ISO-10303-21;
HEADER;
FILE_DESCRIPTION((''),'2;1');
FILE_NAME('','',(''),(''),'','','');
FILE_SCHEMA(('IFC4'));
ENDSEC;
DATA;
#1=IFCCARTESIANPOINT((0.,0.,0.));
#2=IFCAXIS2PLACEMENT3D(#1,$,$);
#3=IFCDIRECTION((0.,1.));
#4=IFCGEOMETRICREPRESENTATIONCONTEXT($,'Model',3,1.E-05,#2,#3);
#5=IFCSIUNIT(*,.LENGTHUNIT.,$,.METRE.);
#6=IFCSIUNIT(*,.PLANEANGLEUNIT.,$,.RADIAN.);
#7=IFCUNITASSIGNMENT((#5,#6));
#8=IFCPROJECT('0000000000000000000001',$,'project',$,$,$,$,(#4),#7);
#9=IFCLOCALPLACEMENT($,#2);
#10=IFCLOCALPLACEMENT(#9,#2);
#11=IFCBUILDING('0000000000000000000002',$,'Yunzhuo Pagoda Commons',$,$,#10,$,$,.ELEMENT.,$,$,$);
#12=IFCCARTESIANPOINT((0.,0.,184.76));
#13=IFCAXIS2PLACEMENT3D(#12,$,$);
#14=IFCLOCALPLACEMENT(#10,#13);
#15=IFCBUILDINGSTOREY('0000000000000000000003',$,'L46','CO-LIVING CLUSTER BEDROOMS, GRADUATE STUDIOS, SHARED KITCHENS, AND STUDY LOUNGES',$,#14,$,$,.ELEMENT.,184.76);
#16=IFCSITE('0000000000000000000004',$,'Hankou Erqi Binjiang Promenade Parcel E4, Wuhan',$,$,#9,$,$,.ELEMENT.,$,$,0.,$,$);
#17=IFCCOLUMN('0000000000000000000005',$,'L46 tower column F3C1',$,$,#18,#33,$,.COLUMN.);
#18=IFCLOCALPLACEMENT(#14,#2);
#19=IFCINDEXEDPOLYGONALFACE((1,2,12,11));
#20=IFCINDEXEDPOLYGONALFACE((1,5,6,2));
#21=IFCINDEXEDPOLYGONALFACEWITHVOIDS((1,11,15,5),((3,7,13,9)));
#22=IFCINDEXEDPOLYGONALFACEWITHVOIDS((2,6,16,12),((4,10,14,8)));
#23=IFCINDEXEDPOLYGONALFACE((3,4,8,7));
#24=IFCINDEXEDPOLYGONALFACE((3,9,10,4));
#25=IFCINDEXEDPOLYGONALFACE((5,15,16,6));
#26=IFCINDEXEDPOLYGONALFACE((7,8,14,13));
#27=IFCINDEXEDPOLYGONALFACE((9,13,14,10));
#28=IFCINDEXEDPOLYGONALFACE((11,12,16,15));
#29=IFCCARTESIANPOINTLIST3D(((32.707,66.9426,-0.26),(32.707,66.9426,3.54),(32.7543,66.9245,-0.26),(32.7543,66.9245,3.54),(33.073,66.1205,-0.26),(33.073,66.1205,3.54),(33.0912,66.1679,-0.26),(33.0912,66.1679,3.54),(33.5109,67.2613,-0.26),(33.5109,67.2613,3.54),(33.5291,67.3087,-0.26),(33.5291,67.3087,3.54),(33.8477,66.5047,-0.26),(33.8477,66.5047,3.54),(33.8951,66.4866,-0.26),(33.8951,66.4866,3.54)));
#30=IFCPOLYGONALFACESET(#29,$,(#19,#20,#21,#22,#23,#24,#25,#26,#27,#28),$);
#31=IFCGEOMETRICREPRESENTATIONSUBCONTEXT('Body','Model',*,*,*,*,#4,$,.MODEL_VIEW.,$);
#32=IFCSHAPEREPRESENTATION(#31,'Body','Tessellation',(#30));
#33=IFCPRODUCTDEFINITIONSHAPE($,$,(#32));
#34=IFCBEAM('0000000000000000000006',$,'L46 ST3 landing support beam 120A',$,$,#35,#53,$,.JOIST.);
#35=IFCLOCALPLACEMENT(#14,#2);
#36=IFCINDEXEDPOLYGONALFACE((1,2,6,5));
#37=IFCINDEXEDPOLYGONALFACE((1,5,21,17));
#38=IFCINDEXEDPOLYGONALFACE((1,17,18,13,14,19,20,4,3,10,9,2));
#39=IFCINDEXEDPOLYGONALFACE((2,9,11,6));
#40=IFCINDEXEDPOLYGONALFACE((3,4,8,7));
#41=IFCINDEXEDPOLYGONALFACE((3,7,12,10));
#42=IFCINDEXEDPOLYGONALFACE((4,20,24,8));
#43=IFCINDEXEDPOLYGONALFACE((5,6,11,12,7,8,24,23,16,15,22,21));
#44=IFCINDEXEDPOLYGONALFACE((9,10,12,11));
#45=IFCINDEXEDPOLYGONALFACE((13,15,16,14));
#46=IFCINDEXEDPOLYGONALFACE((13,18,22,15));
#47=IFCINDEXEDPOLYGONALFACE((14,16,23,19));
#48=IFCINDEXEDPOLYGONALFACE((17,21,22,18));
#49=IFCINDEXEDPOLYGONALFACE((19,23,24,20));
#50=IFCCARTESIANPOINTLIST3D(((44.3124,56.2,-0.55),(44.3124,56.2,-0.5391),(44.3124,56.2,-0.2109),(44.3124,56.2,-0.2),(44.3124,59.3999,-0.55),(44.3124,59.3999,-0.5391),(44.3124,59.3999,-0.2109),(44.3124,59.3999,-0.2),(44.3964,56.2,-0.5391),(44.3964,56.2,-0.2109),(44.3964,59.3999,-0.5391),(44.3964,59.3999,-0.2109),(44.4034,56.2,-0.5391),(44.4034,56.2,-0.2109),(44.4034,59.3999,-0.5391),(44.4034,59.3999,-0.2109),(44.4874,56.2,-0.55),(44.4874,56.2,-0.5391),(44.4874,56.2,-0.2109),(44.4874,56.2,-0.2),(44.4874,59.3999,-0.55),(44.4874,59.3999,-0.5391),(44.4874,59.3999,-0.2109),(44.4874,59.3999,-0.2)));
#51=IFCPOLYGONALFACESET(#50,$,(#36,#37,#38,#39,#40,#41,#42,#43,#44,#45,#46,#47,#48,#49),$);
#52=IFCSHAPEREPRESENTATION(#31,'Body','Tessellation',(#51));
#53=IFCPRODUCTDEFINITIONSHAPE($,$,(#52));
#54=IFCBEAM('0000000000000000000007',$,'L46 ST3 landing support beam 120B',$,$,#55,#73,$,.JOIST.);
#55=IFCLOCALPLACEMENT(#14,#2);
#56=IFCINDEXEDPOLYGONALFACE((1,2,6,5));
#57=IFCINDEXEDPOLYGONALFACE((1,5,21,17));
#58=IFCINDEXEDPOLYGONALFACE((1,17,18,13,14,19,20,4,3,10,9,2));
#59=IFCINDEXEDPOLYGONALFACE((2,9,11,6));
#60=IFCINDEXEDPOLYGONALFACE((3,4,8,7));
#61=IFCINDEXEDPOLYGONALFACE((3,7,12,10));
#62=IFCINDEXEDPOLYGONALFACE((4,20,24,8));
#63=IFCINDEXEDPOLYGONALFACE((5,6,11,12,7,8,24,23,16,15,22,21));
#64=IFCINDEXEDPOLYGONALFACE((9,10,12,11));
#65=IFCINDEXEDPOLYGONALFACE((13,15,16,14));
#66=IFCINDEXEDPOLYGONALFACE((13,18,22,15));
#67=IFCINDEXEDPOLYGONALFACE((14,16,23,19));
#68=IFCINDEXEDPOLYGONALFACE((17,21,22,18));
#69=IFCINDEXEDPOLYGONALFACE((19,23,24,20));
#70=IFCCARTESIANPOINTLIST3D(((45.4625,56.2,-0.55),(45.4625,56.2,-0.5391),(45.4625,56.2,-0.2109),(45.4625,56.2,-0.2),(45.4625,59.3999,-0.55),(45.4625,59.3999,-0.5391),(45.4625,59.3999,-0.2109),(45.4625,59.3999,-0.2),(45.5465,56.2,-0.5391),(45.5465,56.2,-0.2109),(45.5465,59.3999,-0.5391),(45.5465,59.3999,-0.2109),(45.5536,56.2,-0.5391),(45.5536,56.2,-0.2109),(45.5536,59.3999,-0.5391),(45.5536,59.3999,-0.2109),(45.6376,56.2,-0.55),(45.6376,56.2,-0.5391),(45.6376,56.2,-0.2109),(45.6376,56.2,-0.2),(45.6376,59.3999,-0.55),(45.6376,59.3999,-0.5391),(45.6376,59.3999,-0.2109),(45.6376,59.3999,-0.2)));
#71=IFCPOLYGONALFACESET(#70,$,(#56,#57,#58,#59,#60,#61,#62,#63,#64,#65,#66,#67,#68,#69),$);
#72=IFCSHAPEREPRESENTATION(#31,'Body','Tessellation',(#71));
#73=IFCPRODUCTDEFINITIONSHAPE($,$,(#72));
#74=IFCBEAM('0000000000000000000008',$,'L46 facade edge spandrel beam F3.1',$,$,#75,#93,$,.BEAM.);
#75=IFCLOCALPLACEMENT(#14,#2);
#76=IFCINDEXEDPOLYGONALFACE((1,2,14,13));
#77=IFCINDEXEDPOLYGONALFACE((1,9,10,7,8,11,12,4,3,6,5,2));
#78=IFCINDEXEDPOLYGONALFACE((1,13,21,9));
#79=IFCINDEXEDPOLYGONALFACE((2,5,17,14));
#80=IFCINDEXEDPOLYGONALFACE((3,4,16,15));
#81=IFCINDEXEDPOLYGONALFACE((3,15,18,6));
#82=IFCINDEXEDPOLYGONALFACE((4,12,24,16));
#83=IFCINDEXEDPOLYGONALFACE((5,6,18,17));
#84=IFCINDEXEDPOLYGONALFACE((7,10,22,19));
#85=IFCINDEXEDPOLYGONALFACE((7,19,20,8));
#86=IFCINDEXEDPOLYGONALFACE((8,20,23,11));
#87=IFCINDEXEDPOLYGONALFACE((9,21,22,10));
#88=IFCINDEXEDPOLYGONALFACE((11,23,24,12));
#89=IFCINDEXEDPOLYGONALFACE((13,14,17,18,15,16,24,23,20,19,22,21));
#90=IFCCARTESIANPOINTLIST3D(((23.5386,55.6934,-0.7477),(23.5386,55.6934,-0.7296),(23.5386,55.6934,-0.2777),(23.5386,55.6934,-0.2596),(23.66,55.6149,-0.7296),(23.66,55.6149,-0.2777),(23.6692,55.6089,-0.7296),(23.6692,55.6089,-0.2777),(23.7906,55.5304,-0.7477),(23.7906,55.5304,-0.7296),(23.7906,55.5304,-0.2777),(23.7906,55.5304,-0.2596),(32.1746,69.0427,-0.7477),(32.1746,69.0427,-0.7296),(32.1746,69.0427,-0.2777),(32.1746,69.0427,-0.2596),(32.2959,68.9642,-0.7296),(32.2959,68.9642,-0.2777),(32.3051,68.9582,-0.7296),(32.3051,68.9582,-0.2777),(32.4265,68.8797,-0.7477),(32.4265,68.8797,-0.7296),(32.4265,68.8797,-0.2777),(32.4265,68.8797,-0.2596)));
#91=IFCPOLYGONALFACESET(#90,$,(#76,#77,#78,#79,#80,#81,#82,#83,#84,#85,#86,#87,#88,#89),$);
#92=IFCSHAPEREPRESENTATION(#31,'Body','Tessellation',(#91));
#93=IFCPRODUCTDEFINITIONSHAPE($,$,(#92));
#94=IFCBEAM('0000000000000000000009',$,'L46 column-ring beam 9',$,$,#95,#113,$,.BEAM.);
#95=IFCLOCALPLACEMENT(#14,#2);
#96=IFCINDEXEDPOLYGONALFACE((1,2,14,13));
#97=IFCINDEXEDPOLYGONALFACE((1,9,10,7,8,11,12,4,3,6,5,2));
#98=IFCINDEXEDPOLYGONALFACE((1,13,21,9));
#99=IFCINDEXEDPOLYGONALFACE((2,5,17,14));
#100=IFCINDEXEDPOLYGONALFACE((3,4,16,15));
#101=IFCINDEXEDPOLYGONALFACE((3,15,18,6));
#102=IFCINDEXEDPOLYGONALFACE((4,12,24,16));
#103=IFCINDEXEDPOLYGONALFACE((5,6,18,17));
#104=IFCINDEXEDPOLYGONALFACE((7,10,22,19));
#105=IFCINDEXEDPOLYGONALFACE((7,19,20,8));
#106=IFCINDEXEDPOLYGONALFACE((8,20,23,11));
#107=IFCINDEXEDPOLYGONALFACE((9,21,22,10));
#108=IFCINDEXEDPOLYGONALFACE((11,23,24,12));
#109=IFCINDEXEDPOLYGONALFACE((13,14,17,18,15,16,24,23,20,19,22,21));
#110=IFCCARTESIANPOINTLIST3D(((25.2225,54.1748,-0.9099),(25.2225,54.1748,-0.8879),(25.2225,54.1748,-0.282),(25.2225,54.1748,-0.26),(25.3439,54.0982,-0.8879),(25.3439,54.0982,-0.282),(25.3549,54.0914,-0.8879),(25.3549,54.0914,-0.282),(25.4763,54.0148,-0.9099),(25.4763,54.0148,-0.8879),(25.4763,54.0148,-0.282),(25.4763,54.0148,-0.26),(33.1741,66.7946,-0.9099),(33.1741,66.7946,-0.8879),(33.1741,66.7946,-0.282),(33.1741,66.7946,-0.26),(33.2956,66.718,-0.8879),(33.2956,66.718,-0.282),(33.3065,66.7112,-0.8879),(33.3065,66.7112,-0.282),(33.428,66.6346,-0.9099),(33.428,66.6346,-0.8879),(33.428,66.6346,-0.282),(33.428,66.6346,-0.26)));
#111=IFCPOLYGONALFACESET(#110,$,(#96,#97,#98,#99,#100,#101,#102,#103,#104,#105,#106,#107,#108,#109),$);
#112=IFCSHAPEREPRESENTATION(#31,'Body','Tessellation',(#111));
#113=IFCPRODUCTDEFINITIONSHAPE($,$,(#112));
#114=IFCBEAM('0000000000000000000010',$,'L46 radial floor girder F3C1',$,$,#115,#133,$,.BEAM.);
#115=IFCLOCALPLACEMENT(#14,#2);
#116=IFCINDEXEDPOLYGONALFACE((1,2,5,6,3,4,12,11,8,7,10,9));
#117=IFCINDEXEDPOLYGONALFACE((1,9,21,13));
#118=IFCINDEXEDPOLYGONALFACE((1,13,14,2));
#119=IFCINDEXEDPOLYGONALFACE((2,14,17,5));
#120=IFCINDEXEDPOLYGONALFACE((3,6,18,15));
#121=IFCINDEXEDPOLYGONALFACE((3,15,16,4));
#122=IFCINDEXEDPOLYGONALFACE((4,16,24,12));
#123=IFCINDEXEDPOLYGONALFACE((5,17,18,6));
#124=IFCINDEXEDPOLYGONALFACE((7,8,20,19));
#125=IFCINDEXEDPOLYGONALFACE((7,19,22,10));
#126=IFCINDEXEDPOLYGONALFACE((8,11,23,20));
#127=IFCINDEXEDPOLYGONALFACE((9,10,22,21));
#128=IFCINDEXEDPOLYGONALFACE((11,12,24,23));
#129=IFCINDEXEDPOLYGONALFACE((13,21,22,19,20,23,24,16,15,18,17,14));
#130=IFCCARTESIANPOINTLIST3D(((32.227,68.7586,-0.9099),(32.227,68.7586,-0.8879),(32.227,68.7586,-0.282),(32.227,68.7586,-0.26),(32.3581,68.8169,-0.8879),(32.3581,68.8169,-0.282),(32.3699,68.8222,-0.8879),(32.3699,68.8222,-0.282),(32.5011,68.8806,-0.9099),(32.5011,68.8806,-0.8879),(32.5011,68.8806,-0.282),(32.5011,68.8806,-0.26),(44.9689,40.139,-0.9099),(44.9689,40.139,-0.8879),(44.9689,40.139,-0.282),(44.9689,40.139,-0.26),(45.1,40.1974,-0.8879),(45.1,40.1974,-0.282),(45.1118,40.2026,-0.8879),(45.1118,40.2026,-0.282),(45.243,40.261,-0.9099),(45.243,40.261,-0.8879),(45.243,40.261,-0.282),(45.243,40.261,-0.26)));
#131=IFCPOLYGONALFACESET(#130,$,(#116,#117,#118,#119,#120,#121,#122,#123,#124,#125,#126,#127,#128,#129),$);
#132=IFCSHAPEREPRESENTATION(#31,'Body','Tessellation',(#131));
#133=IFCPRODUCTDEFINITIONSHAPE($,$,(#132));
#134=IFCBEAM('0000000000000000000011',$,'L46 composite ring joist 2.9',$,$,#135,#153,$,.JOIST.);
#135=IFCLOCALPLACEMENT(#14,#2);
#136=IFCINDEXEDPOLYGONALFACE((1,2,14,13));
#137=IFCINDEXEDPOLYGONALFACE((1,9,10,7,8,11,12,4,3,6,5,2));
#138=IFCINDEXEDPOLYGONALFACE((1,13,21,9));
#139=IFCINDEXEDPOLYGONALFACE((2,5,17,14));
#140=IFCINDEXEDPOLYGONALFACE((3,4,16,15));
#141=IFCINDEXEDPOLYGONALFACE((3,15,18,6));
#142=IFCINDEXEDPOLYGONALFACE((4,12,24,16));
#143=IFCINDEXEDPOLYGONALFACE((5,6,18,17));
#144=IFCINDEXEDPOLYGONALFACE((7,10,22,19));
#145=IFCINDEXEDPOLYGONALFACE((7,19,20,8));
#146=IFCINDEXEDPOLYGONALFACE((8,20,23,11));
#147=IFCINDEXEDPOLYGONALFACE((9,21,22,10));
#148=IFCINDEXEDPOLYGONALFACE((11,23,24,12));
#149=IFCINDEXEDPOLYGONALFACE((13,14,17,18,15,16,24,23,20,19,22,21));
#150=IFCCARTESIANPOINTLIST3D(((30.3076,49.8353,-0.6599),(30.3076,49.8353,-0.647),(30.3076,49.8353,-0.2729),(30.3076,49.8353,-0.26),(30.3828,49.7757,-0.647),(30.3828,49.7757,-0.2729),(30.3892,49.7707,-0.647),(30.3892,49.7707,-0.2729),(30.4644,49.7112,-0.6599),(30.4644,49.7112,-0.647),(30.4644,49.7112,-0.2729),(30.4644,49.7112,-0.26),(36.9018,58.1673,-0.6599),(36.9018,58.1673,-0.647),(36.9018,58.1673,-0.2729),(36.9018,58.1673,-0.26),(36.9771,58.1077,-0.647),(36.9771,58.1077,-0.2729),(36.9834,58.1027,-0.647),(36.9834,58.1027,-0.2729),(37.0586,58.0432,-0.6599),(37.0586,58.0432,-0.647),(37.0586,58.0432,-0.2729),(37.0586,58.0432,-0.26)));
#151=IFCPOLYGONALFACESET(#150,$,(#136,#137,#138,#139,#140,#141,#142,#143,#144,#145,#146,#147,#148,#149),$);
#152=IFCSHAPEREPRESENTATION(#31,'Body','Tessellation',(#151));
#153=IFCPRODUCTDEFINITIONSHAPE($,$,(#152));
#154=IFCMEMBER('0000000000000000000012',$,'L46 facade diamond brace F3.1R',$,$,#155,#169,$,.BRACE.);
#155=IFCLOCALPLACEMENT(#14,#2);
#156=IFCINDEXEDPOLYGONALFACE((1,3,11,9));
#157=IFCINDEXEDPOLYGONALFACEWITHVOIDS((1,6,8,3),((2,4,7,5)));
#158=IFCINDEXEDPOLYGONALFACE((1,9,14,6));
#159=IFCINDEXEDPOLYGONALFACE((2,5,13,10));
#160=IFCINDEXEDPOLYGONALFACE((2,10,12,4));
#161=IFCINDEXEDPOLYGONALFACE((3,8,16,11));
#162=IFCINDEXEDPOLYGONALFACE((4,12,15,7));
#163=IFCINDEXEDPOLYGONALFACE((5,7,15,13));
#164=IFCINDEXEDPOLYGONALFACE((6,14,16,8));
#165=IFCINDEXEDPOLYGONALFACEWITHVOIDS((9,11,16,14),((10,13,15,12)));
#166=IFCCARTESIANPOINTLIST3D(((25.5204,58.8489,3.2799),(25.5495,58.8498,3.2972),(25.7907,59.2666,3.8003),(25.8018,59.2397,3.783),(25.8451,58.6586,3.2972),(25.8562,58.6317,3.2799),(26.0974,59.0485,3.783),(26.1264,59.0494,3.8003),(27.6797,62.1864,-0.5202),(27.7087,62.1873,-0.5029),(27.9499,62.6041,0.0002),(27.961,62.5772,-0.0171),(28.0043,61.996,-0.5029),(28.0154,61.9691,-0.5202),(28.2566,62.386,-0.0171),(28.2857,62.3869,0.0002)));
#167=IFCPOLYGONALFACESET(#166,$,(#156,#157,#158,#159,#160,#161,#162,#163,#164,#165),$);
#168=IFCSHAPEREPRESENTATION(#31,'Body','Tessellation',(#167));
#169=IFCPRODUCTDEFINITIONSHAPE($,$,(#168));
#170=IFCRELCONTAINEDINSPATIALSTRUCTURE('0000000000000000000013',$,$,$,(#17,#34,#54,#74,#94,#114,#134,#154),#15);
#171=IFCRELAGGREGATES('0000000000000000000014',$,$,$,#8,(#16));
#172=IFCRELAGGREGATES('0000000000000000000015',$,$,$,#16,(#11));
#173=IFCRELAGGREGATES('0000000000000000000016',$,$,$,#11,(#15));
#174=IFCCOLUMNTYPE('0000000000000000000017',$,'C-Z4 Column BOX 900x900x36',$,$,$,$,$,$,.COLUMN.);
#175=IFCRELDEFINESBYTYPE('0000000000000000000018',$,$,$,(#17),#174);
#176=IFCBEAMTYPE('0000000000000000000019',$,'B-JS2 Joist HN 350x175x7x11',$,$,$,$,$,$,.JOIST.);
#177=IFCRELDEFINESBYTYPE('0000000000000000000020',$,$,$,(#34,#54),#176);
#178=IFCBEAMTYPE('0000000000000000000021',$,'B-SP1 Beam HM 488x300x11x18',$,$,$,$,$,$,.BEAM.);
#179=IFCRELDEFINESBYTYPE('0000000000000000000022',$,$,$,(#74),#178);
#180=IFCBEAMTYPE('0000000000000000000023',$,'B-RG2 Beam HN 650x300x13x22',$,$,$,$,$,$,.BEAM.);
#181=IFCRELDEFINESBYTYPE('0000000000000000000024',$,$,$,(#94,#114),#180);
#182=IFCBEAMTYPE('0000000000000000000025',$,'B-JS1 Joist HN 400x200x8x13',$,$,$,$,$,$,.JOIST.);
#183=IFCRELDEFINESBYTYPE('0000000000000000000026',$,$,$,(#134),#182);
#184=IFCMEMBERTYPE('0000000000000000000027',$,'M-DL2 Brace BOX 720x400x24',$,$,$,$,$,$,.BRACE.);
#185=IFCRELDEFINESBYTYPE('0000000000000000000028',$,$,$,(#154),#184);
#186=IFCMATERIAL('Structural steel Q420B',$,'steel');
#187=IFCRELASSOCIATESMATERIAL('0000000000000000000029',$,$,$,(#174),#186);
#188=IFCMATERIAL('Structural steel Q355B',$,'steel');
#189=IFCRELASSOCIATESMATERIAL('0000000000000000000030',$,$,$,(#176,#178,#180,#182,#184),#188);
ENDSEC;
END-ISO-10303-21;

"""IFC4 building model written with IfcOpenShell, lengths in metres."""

from ifc_helpers import new_model, si_unit, direction, frame, origin, origin_2d, place, context, subcontext, project, spatial, hollow_rectangle, i_section, extrude, source, transform, mapped, material, material_profile, profile_set, type_object, element, save


model = new_model("IFC4")

# Units and contexts
model_context = context("Model", 3, precision=1e-05, world=origin(), true_north=direction((0.0, 1.0)))
body_context = subcontext(model_context, "Body", "Model", "MODEL_VIEW")
ifc_project = project(units=[si_unit("LENGTHUNIT", "METRE"), si_unit("PLANEANGLEUNIT", "RADIAN")], contexts=[model_context])

# Site, building, storey
site_placement = place(None, origin())
site = spatial("IfcSite", under=ifc_project, at=site_placement, Name="Hankou Erqi Binjiang Promenade Parcel E4, Wuhan", CompositionType="ELEMENT", RefElevation=0.0)
building_placement = place(site_placement, origin())
building = spatial("IfcBuilding", under=site, at=building_placement, Name="Yunzhuo Pagoda Commons", CompositionType="ELEMENT")
storey_placement = place(building_placement, frame((0.0, 0.0, 184.76)))
storey = spatial("IfcBuildingStorey", under=building, at=storey_placement, Name="L46", Description="CO-LIVING CLUSTER BEDROOMS, GRADUATE STUDIOS, SHARED KITCHENS, AND STUDY LOUNGES", CompositionType="ELEMENT", Elevation=184.76)

# Column
ifc_material_1 = material(Name="Structural steel Q420B", Category="steel")
ifc_material_profile_1 = material_profile(ifc_material_1, hollow_rectangle(XDim=0.8999, YDim=0.8999, WallThickness=0.0359, at=origin_2d()), Name="Structural steel Q420B")
ifc_profile_set_1 = profile_set([ifc_material_profile_1], Name="Structural steel Q420B")
column_type = type_object("IfcColumnType", Name="C-Z4 Column BOX 900x900x36", PredefinedType="COLUMN", material=ifc_profile_set_1)
shared_shape_1 = source(origin(), body_context, "Body", "SweptSolid", [
    extrude(hollow_rectangle(XDim=0.8999, YDim=0.8999, WallThickness=0.0359, at=origin_2d()), origin(), (0.0, 0.0, 1.0), 3.8),
])
column_placement = place(storey_placement, frame((33.301, 66.7146, -0.26), z_axis=(0.0, 0.0, 1.0), x_axis=(-0.913545, -0.406737, 0.0)))
element("IfcColumn", 1, at=column_placement, inside=storey, type_object=column_type, Name="L46 tower column F3C1", PredefinedType="COLUMN", context=body_context, shape_type="MappedRepresentation", body=[
    mapped(shared_shape_1, transform((0.0, 0.0, 0.0), scale=1.0)),
])

# Beams
ifc_material_2 = material(Name="Structural steel Q355B", Category="steel")
ifc_material_profile_2 = material_profile(ifc_material_2, i_section(OverallWidth=0.175, OverallDepth=0.3501, WebThickness=0.0071, FlangeThickness=0.011, at=origin_2d()), Name="Structural steel Q355B")
ifc_profile_set_2 = profile_set([ifc_material_profile_2], Name="Structural steel Q355B")
beam_type_1 = type_object("IfcBeamType", Name="B-JS2 Joist HN 350x175x7x11", PredefinedType="JOIST", material=ifc_profile_set_2)
shared_shape_2 = source(origin(), body_context, "Body", "SweptSolid", [
    extrude(i_section(OverallWidth=0.175, OverallDepth=0.3501, WebThickness=0.0071, FlangeThickness=0.011, at=origin_2d()), origin(), (0.0, 0.0, 1.0), 3.2),
])
for number, where, z_axis, x_axis, name in (
    (2, (44.3999, 56.2, -0.375), (0.0, 1.0, 0.0), (-1.0, 0.0, 0.0), "L46 ST3 landing support beam 120A"),
    (3, (45.55, 56.2, -0.375), (0.0, 1.0, 0.0), (-1.0, 0.0, 0.0), "L46 ST3 landing support beam 120B"),
):
    element("IfcBeam", number, at=place(storey_placement, frame(where, z_axis=z_axis, x_axis=x_axis)), inside=storey, type_object=beam_type_1, Name=name, PredefinedType="JOIST", context=body_context, shape_type="MappedRepresentation", body=[
        mapped(shared_shape_2, transform((0.0, 0.0, 0.0), scale=1.0)),
    ])
ifc_material_profile_3 = material_profile(ifc_material_2, i_section(OverallWidth=0.3, OverallDepth=0.488, WebThickness=0.011, FlangeThickness=0.0181, at=origin_2d()), Name="Structural steel Q355B")
ifc_profile_set_3 = profile_set([ifc_material_profile_3], Name="Structural steel Q355B")
beam_type_2 = type_object("IfcBeamType", Name="B-SP1 Beam HM 488x300x11x18", PredefinedType="BEAM", material=ifc_profile_set_3)
shared_shape_3 = source(origin(), body_context, "Body", "SweptSolid", [
    extrude(i_section(OverallWidth=0.3, OverallDepth=0.488, WebThickness=0.011, FlangeThickness=0.0181, at=origin_2d()), origin(), (0.0, 0.0, 1.0), 15.8992),
])
beam_1_placement = place(storey_placement, frame((32.3005, 68.9612, -0.5037), z_axis=(-0.54317, -0.839623, 0.0), x_axis=(0.839623, -0.54317, 0.0)))
element("IfcBeam", 4, at=beam_1_placement, inside=storey, type_object=beam_type_2, Name="L46 facade edge spandrel beam F3.1", PredefinedType="BEAM", context=body_context, shape_type="MappedRepresentation", body=[
    mapped(shared_shape_3, transform((0.0, 0.0, 0.0), scale=1.0)),
])
ifc_material_profile_4 = material_profile(ifc_material_2, i_section(OverallWidth=0.3, OverallDepth=0.6499, WebThickness=0.0129, FlangeThickness=0.022, at=origin_2d()), Name="Structural steel Q355B")
ifc_profile_set_4 = profile_set([ifc_material_profile_4], Name="Structural steel Q355B")
beam_type_3 = type_object("IfcBeamType", Name="B-RG2 Beam HN 650x300x13x22", PredefinedType="BEAM", material=ifc_profile_set_4)
shared_shape_4 = source(origin(), body_context, "Body", "SweptSolid", [
    extrude(i_section(OverallWidth=0.3, OverallDepth=0.6499, WebThickness=0.0129, FlangeThickness=0.022, at=origin_2d()), origin(), (0.0, 0.0, 1.0), 14.916),
])
beam_2_placement = place(storey_placement, frame((33.301, 66.7146, -0.585), z_axis=(-0.533092, -0.846057, 0.0), x_axis=(0.846057, -0.533092, 0.0)))
element("IfcBeam", 5, at=beam_2_placement, inside=storey, type_object=beam_type_3, Name="L46 column-ring beam 9", PredefinedType="BEAM", context=body_context, shape_type="MappedRepresentation", body=[
    mapped(shared_shape_4, transform((0.0, 0.0, 0.0), scale=1.0)),
])
shared_shape_5 = source(origin(), body_context, "Body", "SweptSolid", [
    extrude(i_section(OverallWidth=0.3, OverallDepth=0.6499, WebThickness=0.0129, FlangeThickness=0.022, at=origin_2d()), origin(), (0.0, 0.0, 1.0), 31.3279),
])
beam_3_placement = place(storey_placement, frame((32.364, 68.8196, -0.585), z_axis=(0.406728, -0.913549, 0.0), x_axis=(0.913549, 0.406728, 0.0)))
element("IfcBeam", 6, at=beam_3_placement, inside=storey, type_object=beam_type_3, Name="L46 radial floor girder F3C1", PredefinedType="BEAM", context=body_context, shape_type="MappedRepresentation", body=[
    mapped(shared_shape_5, transform((0.0, 0.0, 0.0), scale=1.0)),
])
ifc_material_profile_5 = material_profile(ifc_material_2, i_section(OverallWidth=0.2, OverallDepth=0.3999, WebThickness=0.0081, FlangeThickness=0.0129, at=origin_2d()), Name="Structural steel Q355B")
ifc_profile_set_5 = profile_set([ifc_material_profile_5], Name="Structural steel Q355B")
beam_type_4 = type_object("IfcBeamType", Name="B-JS1 Joist HN 400x200x8x13", PredefinedType="JOIST", material=ifc_profile_set_5)
shared_shape_6 = source(origin(), body_context, "Body", "SweptSolid", [
    extrude(i_section(OverallWidth=0.2, OverallDepth=0.3999, WebThickness=0.0081, FlangeThickness=0.0129, at=origin_2d()), origin(), (0.0, 0.0, 1.0), 10.6257),
])
beam_4_placement = place(storey_placement, frame((36.9802, 58.1052, -0.46), z_axis=(-0.62059, -0.784135, 0.0), x_axis=(0.784135, -0.62059, 0.0)))
element("IfcBeam", 7, at=beam_4_placement, inside=storey, type_object=beam_type_4, Name="L46 composite ring joist 2.9", PredefinedType="JOIST", context=body_context, shape_type="MappedRepresentation", body=[
    mapped(shared_shape_6, transform((0.0, 0.0, 0.0), scale=1.0)),
])

# Member
ifc_material_profile_6 = material_profile(ifc_material_2, hollow_rectangle(XDim=0.3999, YDim=0.72, WallThickness=0.0239, at=origin_2d()), Name="Structural steel Q355B")
ifc_profile_set_6 = profile_set([ifc_material_profile_6], Name="Structural steel Q355B")
member_type_1 = type_object("IfcMemberType", Name="M-DL2 Brace BOX 720x400x24", PredefinedType="BRACE", material=ifc_profile_set_6)
shared_shape_7 = source(origin(), body_context, "Body", "SweptSolid", [
    extrude(hollow_rectangle(XDim=0.3999, YDim=0.72, WallThickness=0.0239, at=origin_2d()), origin(), (0.0, 0.0, 1.0), 5.4993),
])
member_1_placement = place(storey_placement, frame((27.9827, 62.2866, -0.26), z_axis=(-0.392639, -0.606894, 0.691024), x_axis=(0.839606, -0.543195, 0.0)))
element("IfcMember", 8, at=member_1_placement, inside=storey, type_object=member_type_1, Name="L46 facade diamond brace F3.1R", PredefinedType="BRACE", context=body_context, shape_type="MappedRepresentation", body=[
    mapped(shared_shape_7, transform((0.0, 0.0, 0.0), scale=1.0)),
])

save(model, "model.ifc")
